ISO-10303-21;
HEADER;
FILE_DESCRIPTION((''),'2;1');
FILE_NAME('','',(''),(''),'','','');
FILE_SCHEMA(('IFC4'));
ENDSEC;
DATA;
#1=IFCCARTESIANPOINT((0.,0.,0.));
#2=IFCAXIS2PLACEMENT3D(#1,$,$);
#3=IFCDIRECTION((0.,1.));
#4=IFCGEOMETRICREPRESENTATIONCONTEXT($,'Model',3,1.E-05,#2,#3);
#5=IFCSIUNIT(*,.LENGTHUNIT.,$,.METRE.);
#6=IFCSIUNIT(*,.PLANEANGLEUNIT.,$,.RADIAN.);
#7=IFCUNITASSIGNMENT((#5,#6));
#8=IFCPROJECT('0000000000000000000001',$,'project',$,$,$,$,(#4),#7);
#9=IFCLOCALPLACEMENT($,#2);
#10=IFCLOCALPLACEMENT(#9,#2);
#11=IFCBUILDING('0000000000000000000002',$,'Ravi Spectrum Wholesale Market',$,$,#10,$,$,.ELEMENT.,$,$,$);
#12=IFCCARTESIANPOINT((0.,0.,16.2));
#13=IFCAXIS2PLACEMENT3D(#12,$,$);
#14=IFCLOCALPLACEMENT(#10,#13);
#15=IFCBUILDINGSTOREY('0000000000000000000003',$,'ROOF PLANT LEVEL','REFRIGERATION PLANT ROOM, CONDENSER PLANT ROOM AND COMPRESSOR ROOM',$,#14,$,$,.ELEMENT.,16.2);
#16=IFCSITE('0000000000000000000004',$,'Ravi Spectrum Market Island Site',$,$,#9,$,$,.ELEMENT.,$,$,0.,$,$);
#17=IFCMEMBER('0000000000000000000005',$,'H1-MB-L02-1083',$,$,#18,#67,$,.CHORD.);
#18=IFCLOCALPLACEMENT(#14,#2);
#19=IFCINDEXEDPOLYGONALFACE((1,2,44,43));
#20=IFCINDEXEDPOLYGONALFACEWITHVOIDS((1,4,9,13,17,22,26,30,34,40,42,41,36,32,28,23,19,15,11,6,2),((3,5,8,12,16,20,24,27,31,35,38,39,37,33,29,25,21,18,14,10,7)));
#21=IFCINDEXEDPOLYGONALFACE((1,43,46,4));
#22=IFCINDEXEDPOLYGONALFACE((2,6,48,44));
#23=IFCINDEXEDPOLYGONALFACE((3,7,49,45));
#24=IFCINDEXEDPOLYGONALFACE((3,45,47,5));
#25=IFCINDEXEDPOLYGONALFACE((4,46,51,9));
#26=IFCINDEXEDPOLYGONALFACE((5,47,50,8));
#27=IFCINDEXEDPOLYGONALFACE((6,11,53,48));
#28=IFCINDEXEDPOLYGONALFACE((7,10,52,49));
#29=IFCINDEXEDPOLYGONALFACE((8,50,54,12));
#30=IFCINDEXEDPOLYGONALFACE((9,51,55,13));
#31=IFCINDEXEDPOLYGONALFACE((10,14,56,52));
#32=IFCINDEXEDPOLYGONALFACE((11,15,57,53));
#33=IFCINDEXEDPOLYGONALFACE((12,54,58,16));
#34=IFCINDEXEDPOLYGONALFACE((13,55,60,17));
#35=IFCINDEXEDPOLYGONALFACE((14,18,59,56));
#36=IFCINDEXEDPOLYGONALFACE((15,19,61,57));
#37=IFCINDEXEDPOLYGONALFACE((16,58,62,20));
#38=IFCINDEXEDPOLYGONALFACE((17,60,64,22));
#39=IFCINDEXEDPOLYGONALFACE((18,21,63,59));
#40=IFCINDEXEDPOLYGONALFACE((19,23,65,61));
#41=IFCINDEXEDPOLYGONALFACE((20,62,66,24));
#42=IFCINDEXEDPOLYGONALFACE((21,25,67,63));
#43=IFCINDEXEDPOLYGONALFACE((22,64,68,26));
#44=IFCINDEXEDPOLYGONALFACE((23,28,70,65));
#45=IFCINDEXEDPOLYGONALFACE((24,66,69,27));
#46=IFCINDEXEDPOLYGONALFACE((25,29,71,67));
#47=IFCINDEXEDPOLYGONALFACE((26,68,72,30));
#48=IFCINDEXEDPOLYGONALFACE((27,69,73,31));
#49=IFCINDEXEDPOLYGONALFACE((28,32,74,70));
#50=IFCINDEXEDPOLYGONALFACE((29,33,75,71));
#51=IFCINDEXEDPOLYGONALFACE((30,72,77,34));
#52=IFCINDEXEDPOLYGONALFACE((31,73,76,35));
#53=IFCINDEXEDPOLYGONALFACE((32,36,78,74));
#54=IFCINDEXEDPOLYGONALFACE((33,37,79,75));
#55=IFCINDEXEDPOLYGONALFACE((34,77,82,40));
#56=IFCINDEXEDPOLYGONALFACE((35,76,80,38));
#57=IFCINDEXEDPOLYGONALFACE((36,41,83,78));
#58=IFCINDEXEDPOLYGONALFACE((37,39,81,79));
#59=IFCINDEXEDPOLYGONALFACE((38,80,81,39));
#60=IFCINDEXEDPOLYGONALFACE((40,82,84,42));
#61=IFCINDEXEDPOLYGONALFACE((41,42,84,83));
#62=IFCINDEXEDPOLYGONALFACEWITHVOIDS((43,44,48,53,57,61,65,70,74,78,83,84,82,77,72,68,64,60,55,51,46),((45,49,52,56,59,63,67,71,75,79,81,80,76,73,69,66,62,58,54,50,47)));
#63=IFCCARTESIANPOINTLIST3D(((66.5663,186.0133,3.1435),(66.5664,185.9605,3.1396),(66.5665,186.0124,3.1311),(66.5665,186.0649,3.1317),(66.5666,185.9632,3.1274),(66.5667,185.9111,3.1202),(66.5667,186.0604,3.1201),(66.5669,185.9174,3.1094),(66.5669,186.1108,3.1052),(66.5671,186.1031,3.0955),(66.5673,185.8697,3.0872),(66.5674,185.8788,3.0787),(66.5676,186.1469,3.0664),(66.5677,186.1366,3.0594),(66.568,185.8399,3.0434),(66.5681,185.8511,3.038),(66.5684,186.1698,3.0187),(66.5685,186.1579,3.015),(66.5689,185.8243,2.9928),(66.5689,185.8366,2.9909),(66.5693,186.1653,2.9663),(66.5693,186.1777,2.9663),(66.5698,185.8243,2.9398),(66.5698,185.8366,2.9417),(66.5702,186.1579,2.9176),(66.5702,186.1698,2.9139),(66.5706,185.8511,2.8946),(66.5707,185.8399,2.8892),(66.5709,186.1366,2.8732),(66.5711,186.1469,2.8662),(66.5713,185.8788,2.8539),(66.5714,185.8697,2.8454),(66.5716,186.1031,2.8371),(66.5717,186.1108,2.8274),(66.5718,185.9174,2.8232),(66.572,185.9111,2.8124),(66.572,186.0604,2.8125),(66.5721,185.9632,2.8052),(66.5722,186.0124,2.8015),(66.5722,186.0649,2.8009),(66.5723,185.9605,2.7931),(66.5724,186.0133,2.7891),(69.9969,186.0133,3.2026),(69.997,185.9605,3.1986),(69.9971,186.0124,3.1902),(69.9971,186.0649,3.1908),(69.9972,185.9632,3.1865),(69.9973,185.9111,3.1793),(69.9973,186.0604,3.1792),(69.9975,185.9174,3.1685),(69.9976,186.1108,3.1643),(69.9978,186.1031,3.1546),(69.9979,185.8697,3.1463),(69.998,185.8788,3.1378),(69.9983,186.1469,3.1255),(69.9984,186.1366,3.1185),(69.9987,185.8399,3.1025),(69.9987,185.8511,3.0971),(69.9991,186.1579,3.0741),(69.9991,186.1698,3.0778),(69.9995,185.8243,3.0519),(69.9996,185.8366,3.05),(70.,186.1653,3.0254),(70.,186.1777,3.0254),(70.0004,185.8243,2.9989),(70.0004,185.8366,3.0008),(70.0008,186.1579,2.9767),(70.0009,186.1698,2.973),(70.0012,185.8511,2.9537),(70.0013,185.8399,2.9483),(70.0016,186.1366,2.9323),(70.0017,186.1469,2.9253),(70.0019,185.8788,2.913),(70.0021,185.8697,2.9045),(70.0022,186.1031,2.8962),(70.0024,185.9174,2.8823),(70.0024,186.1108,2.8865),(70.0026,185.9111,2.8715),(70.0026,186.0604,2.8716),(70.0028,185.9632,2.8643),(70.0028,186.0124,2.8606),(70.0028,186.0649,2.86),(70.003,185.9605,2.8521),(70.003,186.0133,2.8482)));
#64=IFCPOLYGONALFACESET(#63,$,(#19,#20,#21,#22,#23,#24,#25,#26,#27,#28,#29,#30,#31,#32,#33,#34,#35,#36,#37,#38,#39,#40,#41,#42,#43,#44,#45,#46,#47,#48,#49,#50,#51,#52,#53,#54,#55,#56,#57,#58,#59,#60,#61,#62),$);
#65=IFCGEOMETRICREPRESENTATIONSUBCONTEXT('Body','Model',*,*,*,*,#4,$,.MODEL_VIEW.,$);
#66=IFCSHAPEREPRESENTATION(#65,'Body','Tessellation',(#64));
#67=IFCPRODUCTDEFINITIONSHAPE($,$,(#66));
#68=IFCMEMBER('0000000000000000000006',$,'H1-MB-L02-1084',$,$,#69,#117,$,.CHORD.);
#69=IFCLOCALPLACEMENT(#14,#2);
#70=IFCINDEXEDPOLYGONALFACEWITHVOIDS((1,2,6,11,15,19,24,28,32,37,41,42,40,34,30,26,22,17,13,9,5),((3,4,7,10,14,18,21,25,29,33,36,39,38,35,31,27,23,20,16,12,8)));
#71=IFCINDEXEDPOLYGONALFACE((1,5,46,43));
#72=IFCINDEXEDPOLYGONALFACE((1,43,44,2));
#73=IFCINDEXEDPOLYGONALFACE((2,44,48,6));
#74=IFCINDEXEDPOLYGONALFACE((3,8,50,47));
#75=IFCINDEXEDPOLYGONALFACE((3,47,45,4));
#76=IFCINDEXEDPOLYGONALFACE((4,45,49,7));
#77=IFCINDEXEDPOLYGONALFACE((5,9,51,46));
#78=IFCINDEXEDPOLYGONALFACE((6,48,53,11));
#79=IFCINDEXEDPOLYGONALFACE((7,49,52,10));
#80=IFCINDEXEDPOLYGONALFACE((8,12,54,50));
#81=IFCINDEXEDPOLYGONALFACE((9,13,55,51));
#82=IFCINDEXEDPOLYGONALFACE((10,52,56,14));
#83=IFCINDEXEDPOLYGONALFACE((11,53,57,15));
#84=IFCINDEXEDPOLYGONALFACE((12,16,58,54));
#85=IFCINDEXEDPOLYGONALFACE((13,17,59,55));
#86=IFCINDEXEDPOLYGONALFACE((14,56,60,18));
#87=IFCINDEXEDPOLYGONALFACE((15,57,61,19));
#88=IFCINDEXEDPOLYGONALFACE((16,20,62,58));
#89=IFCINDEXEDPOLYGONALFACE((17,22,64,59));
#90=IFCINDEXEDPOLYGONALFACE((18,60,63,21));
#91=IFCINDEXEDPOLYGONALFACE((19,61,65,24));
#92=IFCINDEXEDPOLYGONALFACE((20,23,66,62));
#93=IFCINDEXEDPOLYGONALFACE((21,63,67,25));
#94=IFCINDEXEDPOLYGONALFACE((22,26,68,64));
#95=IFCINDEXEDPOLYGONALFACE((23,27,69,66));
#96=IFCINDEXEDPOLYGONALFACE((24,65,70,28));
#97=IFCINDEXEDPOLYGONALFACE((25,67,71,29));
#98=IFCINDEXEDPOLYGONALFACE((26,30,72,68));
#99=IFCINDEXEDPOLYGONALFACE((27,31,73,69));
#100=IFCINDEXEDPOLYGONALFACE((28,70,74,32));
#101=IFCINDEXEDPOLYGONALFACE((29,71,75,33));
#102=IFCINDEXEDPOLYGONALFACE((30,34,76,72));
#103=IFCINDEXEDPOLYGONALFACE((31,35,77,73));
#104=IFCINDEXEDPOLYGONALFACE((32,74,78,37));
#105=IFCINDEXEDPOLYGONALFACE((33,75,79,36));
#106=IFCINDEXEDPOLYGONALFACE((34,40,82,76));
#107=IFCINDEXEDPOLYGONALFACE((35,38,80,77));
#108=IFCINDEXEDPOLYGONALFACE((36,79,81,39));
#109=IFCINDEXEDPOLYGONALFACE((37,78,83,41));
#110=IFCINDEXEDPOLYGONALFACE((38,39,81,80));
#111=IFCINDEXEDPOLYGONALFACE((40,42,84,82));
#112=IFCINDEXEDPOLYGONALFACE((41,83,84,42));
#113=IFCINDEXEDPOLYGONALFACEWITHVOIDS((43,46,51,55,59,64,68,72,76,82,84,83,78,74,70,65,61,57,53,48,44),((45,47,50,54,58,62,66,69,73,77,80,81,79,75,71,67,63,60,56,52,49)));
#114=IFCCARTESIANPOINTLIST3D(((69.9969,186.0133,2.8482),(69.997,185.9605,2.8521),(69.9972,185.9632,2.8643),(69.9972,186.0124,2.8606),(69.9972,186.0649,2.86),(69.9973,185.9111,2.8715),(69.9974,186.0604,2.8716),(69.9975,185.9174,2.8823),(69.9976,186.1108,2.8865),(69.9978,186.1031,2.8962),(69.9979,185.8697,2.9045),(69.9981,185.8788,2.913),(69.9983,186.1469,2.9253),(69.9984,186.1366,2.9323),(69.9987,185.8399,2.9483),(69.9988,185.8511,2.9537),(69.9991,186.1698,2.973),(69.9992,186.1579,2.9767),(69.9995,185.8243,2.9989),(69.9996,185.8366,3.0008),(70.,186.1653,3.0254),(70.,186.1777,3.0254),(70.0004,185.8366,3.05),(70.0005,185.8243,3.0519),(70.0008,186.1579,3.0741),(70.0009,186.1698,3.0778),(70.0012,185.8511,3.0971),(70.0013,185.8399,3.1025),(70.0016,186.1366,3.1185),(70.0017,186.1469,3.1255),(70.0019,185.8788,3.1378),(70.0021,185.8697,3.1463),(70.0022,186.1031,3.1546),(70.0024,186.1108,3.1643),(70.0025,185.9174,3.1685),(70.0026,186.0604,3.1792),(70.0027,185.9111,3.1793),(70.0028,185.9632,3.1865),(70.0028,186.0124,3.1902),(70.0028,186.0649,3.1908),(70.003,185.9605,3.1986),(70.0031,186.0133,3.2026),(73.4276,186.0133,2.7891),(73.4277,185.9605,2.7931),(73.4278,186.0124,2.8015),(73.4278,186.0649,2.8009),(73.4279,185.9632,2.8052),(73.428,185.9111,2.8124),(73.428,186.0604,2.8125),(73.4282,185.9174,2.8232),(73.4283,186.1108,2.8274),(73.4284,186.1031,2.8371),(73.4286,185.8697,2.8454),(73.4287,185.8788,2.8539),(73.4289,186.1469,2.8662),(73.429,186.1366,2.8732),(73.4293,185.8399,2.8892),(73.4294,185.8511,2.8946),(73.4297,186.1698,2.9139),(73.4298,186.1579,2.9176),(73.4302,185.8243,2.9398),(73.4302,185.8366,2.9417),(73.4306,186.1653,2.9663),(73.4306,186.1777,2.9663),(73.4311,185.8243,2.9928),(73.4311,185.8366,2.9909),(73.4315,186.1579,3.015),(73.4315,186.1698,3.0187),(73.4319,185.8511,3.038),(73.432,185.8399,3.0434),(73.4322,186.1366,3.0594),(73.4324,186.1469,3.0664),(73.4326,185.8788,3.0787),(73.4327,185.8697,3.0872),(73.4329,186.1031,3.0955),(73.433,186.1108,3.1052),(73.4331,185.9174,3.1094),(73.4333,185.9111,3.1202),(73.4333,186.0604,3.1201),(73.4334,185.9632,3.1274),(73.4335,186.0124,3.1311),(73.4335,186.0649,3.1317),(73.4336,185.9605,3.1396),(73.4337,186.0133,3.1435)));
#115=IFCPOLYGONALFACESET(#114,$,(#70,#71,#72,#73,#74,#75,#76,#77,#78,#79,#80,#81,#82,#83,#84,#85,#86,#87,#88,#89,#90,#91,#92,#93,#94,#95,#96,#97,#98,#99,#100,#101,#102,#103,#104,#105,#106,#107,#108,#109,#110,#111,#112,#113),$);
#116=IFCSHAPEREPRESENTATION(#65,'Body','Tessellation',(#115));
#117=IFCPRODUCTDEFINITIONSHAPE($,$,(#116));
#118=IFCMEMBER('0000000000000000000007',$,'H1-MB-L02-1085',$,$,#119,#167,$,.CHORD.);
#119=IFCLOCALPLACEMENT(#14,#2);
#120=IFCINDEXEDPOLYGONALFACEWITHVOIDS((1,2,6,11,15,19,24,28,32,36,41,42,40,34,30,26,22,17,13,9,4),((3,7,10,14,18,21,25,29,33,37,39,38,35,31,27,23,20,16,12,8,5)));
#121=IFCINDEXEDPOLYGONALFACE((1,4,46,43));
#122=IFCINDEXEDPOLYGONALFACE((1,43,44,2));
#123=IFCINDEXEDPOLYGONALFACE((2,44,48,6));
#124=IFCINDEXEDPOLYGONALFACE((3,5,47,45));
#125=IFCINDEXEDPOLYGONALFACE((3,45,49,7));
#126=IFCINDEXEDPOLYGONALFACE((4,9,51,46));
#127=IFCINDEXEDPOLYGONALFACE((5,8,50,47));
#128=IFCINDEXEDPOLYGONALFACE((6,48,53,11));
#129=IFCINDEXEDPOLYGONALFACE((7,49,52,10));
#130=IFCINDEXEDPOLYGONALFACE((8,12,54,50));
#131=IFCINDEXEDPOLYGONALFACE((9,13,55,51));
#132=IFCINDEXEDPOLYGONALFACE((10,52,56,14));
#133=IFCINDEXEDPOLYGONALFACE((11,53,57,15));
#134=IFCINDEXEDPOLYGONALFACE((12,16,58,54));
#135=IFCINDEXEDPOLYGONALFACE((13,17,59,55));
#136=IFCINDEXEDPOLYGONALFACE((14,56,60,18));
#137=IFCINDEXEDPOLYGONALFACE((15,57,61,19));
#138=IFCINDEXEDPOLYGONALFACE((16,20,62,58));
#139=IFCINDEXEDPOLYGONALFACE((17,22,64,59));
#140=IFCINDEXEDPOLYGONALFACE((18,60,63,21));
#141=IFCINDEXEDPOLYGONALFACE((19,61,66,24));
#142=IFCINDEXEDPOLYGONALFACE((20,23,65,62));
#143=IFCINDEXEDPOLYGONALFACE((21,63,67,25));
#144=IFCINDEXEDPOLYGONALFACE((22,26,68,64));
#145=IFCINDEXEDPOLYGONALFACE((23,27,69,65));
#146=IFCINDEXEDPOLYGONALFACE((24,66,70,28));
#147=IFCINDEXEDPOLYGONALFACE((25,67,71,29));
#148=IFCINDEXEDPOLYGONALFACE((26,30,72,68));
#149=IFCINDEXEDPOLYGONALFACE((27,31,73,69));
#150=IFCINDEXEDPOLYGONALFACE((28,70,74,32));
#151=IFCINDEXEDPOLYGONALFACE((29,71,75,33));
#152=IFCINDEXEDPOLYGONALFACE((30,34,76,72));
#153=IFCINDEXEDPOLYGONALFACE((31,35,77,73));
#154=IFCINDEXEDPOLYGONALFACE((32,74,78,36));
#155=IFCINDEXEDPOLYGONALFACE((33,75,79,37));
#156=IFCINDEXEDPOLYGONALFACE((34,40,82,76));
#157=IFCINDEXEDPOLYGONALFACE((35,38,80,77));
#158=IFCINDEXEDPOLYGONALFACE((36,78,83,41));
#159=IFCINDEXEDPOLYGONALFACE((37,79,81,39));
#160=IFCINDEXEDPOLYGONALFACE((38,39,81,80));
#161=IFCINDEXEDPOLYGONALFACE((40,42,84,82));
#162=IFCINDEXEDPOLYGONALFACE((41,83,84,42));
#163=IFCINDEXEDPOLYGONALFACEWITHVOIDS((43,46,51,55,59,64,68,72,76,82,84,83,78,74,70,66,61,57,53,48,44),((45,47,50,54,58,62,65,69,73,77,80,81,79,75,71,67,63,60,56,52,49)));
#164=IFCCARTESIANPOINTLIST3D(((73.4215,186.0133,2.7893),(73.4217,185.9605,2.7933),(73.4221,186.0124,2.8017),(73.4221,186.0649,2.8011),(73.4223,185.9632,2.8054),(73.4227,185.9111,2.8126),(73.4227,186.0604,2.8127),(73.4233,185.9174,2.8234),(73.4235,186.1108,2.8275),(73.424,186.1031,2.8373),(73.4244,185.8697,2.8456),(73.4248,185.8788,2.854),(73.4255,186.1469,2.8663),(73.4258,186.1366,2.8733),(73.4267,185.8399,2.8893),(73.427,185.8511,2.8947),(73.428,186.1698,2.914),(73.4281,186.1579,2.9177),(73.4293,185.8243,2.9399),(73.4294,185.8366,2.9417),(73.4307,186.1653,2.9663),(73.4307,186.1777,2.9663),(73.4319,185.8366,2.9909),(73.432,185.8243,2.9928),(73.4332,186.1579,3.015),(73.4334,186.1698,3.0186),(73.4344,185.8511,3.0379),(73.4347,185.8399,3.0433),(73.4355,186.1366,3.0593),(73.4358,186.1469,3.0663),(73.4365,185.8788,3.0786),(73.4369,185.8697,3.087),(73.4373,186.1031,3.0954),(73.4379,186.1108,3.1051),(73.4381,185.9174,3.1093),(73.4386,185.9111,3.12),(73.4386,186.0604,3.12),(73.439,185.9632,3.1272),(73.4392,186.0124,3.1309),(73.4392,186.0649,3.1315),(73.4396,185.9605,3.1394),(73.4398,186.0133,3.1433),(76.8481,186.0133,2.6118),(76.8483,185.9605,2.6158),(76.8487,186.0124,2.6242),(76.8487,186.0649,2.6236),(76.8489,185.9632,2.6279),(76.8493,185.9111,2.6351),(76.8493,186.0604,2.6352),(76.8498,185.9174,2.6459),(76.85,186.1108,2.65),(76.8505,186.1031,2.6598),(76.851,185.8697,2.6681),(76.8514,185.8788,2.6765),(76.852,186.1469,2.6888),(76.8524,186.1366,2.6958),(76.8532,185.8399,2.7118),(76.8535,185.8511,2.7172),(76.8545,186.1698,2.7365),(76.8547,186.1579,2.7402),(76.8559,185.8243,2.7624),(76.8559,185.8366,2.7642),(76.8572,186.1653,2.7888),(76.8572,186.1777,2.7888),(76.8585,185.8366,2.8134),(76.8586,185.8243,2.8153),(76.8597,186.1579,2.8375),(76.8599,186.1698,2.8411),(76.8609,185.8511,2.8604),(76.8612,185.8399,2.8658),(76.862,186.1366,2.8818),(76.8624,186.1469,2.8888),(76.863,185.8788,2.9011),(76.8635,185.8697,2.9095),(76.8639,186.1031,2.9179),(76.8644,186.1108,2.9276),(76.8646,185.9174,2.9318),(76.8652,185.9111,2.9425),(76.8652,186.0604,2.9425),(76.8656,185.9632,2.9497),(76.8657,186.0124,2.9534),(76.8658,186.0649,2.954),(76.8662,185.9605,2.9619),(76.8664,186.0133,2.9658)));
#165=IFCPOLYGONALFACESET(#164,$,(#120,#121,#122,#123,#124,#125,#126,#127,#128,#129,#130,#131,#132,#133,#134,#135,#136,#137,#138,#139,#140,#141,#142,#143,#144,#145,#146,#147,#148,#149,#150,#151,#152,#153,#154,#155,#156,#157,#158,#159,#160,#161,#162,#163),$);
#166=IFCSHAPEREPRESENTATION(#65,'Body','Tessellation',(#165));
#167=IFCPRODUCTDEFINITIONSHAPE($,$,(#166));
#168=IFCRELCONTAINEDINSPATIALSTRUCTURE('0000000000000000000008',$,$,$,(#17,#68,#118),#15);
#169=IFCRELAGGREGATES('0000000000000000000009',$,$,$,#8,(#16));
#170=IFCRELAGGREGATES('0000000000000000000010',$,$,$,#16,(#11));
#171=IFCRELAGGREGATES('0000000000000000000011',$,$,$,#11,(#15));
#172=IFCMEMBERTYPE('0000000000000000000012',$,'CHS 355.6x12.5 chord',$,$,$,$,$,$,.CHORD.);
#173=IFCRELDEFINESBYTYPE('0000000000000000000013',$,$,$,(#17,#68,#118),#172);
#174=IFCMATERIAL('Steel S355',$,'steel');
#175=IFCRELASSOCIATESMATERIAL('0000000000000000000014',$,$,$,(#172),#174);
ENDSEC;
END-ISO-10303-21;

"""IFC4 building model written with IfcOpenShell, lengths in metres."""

from ifc_helpers import new_model, si_unit, direction, frame, origin, origin_2d, place, context, subcontext, project, spatial, hollow_circle, extrude, material, material_profile, profile_set, type_object, element, save


model = new_model("IFC4")

# Units and contexts
model_context = context("Model", 3, precision=1e-05, world=origin(), true_north=direction((0.0, 1.0)))
body_context = subcontext(model_context, "Body", "Model", "MODEL_VIEW")
ifc_project = project(units=[si_unit("LENGTHUNIT", "METRE"), si_unit("PLANEANGLEUNIT", "RADIAN")], contexts=[model_context])

# Site, building, storey
site_placement = place(None, origin())
site = spatial("IfcSite", under=ifc_project, at=site_placement, Name="Ravi Spectrum Market Island Site", CompositionType="ELEMENT", RefElevation=0.0)
building_placement = place(site_placement, origin())
building = spatial("IfcBuilding", under=site, at=building_placement, Name="Ravi Spectrum Wholesale Market", CompositionType="ELEMENT")
storey_placement = place(building_placement, frame((0.0, 0.0, 16.2)))
storey = spatial("IfcBuildingStorey", under=building, at=storey_placement, Name="ROOF PLANT LEVEL", Description="REFRIGERATION PLANT ROOM, CONDENSER PLANT ROOM AND COMPRESSOR ROOM", CompositionType="ELEMENT", Elevation=16.2)

# Members
ifc_material_1 = material(Name="Steel S355", Category="steel")
ifc_material_profile_1 = material_profile(ifc_material_1, hollow_circle(Radius=0.1777, WallThickness=0.0125, at=origin_2d()))
ifc_profile_set_1 = profile_set([ifc_material_profile_1], Name="Steel S355")
member_type_1 = type_object("IfcMemberType", Name="CHS 355.6x12.5 chord", PredefinedType="CHORD", material=ifc_profile_set_1)
for number, where, z_axis, x_axis, name in (
    (1, (66.5693, 186.0, 2.9663), (0.999852, 0.0, 0.017219), (0.0, 1.0, 0.0), "H1-MB-L02-1083"),
    (2, (70.0, 186.0, 3.0254), (0.999852, 0.0, -0.017219), (0.0, 1.0, 0.0), "H1-MB-L02-1084"),
    (3, (73.4307, 186.0, 2.9663), (0.998661, 0.0, -0.05173), (0.0, 1.0, 0.0), "H1-MB-L02-1085"),
):
    element("IfcMember", number, at=place(storey_placement, frame(where, z_axis=z_axis, x_axis=x_axis)), inside=storey, type_object=member_type_1, Name=name, PredefinedType="CHORD", context=body_context, shape_type="SweptSolid", body=[
        extrude(hollow_circle(Radius=0.1777, WallThickness=0.0125, at=origin_2d()), origin(), (0.0, 0.0, 1.0), 3.4312),
    ])

save(model, "model.ifc")
